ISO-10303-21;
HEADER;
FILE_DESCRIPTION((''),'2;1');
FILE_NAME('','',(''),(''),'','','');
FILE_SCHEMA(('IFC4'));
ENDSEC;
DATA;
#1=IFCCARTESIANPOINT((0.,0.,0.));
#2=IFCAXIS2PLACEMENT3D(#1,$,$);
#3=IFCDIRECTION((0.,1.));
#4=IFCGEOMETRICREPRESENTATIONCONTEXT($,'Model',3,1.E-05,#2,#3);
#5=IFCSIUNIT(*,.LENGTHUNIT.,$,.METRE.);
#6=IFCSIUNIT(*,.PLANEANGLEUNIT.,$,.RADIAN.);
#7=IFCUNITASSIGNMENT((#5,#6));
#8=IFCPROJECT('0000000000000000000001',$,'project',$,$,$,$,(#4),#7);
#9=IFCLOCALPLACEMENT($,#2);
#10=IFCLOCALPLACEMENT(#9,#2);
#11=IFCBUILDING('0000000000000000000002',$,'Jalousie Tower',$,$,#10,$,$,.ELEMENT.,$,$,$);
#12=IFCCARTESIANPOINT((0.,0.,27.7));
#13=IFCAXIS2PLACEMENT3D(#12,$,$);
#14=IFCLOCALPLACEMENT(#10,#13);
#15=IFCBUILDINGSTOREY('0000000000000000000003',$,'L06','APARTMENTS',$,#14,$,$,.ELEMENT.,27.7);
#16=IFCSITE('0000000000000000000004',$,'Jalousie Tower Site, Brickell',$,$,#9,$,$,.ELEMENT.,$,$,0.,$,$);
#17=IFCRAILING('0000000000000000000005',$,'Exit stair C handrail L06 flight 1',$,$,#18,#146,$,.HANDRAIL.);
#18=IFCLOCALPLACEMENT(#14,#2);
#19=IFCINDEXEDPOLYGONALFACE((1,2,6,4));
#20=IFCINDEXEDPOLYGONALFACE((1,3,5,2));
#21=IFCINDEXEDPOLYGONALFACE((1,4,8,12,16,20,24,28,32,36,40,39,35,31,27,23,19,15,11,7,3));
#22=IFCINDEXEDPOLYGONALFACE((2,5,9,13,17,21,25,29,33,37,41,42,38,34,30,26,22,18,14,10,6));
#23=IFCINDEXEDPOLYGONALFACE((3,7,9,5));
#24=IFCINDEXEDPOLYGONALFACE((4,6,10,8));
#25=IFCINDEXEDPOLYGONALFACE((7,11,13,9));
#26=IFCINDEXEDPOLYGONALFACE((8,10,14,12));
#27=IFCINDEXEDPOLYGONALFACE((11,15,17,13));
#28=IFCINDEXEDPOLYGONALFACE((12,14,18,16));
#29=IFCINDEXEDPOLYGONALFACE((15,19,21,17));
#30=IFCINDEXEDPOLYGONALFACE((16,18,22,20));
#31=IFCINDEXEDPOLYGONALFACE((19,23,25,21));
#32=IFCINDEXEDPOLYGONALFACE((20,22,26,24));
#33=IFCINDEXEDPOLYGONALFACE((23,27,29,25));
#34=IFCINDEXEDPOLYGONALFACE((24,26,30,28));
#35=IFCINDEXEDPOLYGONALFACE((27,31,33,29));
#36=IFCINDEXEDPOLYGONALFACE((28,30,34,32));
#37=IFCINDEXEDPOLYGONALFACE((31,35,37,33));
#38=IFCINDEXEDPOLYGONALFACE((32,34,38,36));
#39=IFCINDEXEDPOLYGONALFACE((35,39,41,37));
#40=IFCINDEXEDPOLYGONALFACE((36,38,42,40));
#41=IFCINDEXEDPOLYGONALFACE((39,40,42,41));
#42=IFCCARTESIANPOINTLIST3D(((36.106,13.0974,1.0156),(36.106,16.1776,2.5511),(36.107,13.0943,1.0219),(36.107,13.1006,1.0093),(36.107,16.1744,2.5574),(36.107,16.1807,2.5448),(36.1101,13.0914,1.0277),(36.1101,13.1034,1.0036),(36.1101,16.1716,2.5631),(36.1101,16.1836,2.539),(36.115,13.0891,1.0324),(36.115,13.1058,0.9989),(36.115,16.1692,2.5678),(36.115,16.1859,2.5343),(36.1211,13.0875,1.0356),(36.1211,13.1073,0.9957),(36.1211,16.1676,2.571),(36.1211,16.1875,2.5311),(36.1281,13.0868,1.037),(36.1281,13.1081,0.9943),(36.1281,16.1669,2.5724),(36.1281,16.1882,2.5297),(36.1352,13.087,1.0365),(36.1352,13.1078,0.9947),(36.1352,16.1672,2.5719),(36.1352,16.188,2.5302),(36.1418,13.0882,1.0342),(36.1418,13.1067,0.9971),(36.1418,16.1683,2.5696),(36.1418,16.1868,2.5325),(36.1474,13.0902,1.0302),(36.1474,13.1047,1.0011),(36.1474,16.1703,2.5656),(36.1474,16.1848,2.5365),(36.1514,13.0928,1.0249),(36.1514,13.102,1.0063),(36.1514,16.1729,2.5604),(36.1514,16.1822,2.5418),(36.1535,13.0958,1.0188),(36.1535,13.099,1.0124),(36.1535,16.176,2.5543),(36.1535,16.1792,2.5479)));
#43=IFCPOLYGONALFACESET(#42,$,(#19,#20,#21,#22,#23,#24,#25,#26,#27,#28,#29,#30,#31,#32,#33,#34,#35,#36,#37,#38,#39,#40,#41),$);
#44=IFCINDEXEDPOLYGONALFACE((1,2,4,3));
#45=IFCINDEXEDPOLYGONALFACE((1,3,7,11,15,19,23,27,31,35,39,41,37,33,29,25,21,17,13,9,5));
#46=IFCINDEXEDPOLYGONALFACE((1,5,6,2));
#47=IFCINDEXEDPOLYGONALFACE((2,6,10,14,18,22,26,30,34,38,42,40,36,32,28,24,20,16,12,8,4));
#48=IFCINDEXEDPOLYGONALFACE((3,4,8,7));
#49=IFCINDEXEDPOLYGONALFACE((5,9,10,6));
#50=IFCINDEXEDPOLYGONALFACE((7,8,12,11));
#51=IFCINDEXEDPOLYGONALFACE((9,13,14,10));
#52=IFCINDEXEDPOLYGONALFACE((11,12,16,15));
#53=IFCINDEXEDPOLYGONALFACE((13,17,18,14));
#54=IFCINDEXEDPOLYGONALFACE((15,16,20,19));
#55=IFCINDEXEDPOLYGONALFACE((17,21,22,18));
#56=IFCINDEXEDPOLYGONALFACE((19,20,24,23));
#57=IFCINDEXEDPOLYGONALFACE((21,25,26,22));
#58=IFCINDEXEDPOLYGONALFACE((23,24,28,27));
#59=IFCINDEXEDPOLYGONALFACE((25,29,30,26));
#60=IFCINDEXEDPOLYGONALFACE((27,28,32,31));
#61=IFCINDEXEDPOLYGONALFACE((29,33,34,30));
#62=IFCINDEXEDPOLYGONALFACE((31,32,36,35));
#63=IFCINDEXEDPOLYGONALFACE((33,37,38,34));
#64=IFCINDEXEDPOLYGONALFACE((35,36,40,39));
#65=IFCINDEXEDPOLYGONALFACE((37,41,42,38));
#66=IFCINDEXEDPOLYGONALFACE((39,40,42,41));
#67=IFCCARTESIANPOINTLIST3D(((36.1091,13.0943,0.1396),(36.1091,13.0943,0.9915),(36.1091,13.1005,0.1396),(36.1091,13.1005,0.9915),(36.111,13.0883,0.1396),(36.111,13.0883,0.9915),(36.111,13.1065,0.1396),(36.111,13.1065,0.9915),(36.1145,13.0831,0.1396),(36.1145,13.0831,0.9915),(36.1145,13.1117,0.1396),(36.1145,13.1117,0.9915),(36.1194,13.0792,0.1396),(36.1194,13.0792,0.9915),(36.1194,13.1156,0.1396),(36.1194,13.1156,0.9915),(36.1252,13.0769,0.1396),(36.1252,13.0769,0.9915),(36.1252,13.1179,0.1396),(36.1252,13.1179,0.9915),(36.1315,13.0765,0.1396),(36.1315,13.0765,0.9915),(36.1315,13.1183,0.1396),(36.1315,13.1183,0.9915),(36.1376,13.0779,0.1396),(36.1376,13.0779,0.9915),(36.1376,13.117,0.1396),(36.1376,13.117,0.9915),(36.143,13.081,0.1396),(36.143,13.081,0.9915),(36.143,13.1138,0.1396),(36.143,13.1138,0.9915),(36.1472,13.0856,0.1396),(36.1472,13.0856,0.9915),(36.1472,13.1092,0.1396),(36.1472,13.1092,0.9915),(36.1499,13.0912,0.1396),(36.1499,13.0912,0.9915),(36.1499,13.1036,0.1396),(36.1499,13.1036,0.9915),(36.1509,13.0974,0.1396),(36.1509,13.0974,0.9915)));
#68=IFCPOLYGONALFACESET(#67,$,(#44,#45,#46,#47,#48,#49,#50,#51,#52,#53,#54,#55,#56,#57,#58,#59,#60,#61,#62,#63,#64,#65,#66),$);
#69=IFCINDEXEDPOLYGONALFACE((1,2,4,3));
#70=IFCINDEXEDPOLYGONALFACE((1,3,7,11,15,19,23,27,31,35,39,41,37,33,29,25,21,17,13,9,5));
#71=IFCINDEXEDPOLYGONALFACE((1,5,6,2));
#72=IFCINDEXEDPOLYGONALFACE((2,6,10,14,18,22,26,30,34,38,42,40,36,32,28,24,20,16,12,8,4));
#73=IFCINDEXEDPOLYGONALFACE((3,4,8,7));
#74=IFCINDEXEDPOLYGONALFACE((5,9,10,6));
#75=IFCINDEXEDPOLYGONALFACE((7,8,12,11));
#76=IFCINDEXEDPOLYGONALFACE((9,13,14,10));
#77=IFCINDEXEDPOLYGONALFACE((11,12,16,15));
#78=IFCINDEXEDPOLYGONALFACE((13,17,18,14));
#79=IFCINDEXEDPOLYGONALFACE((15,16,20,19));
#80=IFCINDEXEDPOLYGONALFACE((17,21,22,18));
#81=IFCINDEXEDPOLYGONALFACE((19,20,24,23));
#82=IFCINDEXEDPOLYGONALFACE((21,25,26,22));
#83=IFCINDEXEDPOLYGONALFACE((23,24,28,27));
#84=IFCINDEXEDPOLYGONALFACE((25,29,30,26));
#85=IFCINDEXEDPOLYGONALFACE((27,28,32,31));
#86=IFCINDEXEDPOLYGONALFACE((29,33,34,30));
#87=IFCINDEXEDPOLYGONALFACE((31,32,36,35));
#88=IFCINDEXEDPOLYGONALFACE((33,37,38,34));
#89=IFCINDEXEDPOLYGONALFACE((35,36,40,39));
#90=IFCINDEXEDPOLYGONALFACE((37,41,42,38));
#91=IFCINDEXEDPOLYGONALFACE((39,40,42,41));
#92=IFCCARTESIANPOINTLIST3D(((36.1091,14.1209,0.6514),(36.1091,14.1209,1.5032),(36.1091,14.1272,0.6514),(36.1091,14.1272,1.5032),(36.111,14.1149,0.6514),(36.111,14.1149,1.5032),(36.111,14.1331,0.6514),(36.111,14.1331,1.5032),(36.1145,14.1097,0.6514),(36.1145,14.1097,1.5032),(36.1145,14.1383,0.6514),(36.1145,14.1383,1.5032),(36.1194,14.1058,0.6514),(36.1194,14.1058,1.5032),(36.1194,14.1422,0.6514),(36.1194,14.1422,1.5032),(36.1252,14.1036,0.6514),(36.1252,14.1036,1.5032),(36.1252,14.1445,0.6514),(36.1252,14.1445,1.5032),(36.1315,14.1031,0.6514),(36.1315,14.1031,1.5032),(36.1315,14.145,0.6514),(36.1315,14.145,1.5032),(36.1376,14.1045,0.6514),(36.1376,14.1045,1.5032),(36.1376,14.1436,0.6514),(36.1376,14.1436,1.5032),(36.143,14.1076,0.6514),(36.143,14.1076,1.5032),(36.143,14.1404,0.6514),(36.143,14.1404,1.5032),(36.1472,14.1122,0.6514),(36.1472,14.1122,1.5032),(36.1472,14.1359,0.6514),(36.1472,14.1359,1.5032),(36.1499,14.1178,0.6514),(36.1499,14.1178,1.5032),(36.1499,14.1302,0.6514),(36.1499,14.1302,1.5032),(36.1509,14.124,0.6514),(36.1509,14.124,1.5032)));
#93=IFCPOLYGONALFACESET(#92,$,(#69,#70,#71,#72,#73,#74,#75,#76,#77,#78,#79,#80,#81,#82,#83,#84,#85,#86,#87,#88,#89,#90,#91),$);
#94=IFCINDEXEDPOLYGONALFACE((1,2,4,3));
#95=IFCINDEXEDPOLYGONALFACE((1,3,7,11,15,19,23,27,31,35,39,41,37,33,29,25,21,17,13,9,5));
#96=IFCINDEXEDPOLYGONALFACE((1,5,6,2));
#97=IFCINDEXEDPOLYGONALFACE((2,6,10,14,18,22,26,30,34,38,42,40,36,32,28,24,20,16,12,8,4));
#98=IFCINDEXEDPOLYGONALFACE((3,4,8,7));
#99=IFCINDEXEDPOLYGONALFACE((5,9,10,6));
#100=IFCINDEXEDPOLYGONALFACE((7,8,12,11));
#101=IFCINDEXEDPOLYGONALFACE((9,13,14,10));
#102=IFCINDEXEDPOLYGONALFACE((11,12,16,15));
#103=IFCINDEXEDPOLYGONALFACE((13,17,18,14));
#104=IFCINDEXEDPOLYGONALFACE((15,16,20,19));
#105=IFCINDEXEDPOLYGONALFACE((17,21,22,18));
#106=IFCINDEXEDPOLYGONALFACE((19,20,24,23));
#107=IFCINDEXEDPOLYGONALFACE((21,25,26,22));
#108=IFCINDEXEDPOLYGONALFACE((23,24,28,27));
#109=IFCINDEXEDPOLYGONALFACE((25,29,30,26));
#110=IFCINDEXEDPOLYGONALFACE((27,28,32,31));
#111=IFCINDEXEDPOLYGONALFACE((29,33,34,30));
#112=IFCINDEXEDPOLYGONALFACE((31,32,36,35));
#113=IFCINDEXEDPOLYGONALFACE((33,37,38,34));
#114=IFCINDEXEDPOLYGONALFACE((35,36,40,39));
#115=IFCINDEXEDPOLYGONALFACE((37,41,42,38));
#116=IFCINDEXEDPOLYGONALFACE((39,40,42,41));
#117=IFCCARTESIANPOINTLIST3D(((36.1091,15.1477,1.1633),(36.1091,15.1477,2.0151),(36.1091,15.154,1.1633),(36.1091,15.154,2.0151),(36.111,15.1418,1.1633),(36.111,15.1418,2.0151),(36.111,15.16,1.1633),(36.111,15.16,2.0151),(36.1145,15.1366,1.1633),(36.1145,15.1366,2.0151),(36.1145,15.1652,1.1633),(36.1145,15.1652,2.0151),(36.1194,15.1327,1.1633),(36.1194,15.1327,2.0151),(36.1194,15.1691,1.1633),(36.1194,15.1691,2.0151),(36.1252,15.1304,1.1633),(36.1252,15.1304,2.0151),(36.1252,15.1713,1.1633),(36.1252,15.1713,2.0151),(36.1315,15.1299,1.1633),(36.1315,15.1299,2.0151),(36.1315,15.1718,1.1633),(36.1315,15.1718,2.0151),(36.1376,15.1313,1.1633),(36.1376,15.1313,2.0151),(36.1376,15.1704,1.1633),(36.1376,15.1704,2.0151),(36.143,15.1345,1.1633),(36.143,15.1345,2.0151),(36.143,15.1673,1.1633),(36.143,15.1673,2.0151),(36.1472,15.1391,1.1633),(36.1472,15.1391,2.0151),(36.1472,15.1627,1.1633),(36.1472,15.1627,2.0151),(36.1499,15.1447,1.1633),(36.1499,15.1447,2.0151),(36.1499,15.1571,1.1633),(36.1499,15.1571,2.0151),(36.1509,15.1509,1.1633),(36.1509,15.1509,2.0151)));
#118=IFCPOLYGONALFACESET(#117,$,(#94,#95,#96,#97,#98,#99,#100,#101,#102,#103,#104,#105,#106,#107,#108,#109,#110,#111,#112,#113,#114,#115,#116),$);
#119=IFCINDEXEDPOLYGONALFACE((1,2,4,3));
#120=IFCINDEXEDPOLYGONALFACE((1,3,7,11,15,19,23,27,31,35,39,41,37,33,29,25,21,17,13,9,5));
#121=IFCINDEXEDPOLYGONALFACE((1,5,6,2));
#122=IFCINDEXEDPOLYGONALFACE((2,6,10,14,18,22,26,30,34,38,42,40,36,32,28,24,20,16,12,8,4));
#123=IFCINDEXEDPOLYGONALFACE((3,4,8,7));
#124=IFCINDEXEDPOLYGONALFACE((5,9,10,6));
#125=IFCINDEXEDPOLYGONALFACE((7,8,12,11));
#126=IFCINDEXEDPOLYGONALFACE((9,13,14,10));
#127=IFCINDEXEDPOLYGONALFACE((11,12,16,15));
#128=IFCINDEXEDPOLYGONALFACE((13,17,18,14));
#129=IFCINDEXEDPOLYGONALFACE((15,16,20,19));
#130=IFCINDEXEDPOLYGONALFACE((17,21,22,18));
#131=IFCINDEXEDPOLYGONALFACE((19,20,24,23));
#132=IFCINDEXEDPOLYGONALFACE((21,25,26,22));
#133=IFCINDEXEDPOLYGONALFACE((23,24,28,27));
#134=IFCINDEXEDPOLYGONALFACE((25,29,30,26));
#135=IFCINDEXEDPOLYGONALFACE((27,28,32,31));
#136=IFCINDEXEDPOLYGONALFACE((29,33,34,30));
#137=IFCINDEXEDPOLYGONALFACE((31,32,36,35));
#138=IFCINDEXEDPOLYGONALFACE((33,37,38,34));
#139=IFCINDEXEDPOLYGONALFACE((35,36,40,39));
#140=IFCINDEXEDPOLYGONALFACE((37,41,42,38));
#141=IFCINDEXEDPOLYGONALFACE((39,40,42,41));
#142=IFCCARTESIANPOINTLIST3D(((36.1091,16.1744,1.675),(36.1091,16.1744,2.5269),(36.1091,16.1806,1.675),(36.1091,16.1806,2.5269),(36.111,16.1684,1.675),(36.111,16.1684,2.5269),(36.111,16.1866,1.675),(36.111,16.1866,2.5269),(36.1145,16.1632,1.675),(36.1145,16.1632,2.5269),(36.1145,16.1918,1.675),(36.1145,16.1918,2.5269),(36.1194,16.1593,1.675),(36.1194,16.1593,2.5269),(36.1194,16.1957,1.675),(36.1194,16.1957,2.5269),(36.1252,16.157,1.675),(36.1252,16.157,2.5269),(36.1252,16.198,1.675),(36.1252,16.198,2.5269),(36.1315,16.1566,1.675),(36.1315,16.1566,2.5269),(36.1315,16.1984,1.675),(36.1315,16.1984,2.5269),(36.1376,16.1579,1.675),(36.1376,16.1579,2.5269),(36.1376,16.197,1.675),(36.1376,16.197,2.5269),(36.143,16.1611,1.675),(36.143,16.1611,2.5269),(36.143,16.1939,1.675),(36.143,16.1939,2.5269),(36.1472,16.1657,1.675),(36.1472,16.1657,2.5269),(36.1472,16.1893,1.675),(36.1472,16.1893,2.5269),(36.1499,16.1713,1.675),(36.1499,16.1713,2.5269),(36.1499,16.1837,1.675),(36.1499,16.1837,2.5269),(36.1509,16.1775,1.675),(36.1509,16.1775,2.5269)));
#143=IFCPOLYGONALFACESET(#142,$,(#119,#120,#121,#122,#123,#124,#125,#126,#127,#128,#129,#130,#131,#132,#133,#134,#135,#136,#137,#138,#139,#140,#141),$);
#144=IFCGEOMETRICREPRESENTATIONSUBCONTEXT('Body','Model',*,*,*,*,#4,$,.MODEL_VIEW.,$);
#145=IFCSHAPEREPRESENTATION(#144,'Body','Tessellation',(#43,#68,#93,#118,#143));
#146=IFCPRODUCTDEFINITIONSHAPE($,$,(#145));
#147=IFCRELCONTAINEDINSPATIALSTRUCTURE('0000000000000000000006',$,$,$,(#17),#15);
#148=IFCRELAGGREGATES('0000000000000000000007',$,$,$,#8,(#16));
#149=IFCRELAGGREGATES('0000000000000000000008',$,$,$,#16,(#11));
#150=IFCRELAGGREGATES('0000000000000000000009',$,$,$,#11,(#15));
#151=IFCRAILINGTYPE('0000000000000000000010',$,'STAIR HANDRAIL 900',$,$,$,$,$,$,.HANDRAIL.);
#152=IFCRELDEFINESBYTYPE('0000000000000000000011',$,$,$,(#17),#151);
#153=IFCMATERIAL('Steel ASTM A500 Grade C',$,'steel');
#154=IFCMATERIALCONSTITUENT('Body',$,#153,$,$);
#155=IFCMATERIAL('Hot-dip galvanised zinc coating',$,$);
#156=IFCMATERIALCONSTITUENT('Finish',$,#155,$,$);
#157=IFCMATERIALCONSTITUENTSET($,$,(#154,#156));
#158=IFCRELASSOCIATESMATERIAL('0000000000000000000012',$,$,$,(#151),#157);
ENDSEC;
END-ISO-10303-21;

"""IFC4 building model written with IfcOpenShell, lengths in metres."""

from ifc_helpers import new_model, si_unit, direction, frame, origin, origin_2d, place, context, subcontext, project, spatial, circle, extrude, material, constituent, constituent_set, type_object, element, save


model = new_model("IFC4")

# Units and contexts
model_context = context("Model", 3, precision=1e-05, world=origin(), true_north=direction((0.0, 1.0)))
body_context = subcontext(model_context, "Body", "Model", "MODEL_VIEW")
ifc_project = project(units=[si_unit("LENGTHUNIT", "METRE"), si_unit("PLANEANGLEUNIT", "RADIAN")], contexts=[model_context])

# Site, building, storey
site_placement = place(None, origin())
site = spatial("IfcSite", under=ifc_project, at=site_placement, Name="Jalousie Tower Site, Brickell", CompositionType="ELEMENT", RefElevation=0.0)
building_placement = place(site_placement, origin())
building = spatial("IfcBuilding", under=site, at=building_placement, Name="Jalousie Tower", CompositionType="ELEMENT")
storey_placement = place(building_placement, frame((0.0, 0.0, 27.7)))
storey = spatial("IfcBuildingStorey", under=building, at=storey_placement, Name="L06", Description="APARTMENTS", CompositionType="ELEMENT", Elevation=27.7)

# Railing
ifc_material_1 = material(Name="Steel ASTM A500 Grade C", Category="steel")
ifc_constituent_1 = constituent(ifc_material_1, Name="Body")
ifc_material_2 = material(Name="Hot-dip galvanised zinc coating")
ifc_constituent_2 = constituent(ifc_material_2, Name="Finish")
ifc_constituent_set_1 = constituent_set(constituents=[ifc_constituent_1, ifc_constituent_2])
railing_type = type_object("IfcRailingType", Name="STAIR HANDRAIL 900", PredefinedType="HANDRAIL", material=ifc_constituent_set_1)
railing_placement = place(storey_placement, frame((36.1299, 13.0974, 0.1396)))
element("IfcRailing", 1, at=railing_placement, inside=storey, type_object=railing_type, Name="Exit stair C handrail L06 flight 1", PredefinedType="HANDRAIL", context=body_context, shape_type="SweptSolid", body=[
    extrude(circle(Radius=0.0239, at=origin_2d()), frame((0.0, 0.0, 0.876), z_axis=(0.0, 0.894966, 0.446135), x_axis=(-1.0, 0.0, 0.0)), (0.0, 0.0, 1.0), 3.4417),
    extrude(circle(Radius=0.021, at=origin_2d()), origin(), (0.0, 0.0, 1.0), 0.8518),
    extrude(circle(Radius=0.021, at=origin_2d()), frame((0.0, 1.0266, 0.5117)), (0.0, 0.0, 1.0), 0.8518),
    extrude(circle(Radius=0.021, at=origin_2d()), frame((0.0, 2.0535, 1.0237)), (0.0, 0.0, 1.0), 0.8518),
    extrude(circle(Radius=0.021, at=origin_2d()), frame((0.0, 3.0801, 1.5354)), (0.0, 0.0, 1.0), 0.8518),
])

save(model, "model.ifc")
